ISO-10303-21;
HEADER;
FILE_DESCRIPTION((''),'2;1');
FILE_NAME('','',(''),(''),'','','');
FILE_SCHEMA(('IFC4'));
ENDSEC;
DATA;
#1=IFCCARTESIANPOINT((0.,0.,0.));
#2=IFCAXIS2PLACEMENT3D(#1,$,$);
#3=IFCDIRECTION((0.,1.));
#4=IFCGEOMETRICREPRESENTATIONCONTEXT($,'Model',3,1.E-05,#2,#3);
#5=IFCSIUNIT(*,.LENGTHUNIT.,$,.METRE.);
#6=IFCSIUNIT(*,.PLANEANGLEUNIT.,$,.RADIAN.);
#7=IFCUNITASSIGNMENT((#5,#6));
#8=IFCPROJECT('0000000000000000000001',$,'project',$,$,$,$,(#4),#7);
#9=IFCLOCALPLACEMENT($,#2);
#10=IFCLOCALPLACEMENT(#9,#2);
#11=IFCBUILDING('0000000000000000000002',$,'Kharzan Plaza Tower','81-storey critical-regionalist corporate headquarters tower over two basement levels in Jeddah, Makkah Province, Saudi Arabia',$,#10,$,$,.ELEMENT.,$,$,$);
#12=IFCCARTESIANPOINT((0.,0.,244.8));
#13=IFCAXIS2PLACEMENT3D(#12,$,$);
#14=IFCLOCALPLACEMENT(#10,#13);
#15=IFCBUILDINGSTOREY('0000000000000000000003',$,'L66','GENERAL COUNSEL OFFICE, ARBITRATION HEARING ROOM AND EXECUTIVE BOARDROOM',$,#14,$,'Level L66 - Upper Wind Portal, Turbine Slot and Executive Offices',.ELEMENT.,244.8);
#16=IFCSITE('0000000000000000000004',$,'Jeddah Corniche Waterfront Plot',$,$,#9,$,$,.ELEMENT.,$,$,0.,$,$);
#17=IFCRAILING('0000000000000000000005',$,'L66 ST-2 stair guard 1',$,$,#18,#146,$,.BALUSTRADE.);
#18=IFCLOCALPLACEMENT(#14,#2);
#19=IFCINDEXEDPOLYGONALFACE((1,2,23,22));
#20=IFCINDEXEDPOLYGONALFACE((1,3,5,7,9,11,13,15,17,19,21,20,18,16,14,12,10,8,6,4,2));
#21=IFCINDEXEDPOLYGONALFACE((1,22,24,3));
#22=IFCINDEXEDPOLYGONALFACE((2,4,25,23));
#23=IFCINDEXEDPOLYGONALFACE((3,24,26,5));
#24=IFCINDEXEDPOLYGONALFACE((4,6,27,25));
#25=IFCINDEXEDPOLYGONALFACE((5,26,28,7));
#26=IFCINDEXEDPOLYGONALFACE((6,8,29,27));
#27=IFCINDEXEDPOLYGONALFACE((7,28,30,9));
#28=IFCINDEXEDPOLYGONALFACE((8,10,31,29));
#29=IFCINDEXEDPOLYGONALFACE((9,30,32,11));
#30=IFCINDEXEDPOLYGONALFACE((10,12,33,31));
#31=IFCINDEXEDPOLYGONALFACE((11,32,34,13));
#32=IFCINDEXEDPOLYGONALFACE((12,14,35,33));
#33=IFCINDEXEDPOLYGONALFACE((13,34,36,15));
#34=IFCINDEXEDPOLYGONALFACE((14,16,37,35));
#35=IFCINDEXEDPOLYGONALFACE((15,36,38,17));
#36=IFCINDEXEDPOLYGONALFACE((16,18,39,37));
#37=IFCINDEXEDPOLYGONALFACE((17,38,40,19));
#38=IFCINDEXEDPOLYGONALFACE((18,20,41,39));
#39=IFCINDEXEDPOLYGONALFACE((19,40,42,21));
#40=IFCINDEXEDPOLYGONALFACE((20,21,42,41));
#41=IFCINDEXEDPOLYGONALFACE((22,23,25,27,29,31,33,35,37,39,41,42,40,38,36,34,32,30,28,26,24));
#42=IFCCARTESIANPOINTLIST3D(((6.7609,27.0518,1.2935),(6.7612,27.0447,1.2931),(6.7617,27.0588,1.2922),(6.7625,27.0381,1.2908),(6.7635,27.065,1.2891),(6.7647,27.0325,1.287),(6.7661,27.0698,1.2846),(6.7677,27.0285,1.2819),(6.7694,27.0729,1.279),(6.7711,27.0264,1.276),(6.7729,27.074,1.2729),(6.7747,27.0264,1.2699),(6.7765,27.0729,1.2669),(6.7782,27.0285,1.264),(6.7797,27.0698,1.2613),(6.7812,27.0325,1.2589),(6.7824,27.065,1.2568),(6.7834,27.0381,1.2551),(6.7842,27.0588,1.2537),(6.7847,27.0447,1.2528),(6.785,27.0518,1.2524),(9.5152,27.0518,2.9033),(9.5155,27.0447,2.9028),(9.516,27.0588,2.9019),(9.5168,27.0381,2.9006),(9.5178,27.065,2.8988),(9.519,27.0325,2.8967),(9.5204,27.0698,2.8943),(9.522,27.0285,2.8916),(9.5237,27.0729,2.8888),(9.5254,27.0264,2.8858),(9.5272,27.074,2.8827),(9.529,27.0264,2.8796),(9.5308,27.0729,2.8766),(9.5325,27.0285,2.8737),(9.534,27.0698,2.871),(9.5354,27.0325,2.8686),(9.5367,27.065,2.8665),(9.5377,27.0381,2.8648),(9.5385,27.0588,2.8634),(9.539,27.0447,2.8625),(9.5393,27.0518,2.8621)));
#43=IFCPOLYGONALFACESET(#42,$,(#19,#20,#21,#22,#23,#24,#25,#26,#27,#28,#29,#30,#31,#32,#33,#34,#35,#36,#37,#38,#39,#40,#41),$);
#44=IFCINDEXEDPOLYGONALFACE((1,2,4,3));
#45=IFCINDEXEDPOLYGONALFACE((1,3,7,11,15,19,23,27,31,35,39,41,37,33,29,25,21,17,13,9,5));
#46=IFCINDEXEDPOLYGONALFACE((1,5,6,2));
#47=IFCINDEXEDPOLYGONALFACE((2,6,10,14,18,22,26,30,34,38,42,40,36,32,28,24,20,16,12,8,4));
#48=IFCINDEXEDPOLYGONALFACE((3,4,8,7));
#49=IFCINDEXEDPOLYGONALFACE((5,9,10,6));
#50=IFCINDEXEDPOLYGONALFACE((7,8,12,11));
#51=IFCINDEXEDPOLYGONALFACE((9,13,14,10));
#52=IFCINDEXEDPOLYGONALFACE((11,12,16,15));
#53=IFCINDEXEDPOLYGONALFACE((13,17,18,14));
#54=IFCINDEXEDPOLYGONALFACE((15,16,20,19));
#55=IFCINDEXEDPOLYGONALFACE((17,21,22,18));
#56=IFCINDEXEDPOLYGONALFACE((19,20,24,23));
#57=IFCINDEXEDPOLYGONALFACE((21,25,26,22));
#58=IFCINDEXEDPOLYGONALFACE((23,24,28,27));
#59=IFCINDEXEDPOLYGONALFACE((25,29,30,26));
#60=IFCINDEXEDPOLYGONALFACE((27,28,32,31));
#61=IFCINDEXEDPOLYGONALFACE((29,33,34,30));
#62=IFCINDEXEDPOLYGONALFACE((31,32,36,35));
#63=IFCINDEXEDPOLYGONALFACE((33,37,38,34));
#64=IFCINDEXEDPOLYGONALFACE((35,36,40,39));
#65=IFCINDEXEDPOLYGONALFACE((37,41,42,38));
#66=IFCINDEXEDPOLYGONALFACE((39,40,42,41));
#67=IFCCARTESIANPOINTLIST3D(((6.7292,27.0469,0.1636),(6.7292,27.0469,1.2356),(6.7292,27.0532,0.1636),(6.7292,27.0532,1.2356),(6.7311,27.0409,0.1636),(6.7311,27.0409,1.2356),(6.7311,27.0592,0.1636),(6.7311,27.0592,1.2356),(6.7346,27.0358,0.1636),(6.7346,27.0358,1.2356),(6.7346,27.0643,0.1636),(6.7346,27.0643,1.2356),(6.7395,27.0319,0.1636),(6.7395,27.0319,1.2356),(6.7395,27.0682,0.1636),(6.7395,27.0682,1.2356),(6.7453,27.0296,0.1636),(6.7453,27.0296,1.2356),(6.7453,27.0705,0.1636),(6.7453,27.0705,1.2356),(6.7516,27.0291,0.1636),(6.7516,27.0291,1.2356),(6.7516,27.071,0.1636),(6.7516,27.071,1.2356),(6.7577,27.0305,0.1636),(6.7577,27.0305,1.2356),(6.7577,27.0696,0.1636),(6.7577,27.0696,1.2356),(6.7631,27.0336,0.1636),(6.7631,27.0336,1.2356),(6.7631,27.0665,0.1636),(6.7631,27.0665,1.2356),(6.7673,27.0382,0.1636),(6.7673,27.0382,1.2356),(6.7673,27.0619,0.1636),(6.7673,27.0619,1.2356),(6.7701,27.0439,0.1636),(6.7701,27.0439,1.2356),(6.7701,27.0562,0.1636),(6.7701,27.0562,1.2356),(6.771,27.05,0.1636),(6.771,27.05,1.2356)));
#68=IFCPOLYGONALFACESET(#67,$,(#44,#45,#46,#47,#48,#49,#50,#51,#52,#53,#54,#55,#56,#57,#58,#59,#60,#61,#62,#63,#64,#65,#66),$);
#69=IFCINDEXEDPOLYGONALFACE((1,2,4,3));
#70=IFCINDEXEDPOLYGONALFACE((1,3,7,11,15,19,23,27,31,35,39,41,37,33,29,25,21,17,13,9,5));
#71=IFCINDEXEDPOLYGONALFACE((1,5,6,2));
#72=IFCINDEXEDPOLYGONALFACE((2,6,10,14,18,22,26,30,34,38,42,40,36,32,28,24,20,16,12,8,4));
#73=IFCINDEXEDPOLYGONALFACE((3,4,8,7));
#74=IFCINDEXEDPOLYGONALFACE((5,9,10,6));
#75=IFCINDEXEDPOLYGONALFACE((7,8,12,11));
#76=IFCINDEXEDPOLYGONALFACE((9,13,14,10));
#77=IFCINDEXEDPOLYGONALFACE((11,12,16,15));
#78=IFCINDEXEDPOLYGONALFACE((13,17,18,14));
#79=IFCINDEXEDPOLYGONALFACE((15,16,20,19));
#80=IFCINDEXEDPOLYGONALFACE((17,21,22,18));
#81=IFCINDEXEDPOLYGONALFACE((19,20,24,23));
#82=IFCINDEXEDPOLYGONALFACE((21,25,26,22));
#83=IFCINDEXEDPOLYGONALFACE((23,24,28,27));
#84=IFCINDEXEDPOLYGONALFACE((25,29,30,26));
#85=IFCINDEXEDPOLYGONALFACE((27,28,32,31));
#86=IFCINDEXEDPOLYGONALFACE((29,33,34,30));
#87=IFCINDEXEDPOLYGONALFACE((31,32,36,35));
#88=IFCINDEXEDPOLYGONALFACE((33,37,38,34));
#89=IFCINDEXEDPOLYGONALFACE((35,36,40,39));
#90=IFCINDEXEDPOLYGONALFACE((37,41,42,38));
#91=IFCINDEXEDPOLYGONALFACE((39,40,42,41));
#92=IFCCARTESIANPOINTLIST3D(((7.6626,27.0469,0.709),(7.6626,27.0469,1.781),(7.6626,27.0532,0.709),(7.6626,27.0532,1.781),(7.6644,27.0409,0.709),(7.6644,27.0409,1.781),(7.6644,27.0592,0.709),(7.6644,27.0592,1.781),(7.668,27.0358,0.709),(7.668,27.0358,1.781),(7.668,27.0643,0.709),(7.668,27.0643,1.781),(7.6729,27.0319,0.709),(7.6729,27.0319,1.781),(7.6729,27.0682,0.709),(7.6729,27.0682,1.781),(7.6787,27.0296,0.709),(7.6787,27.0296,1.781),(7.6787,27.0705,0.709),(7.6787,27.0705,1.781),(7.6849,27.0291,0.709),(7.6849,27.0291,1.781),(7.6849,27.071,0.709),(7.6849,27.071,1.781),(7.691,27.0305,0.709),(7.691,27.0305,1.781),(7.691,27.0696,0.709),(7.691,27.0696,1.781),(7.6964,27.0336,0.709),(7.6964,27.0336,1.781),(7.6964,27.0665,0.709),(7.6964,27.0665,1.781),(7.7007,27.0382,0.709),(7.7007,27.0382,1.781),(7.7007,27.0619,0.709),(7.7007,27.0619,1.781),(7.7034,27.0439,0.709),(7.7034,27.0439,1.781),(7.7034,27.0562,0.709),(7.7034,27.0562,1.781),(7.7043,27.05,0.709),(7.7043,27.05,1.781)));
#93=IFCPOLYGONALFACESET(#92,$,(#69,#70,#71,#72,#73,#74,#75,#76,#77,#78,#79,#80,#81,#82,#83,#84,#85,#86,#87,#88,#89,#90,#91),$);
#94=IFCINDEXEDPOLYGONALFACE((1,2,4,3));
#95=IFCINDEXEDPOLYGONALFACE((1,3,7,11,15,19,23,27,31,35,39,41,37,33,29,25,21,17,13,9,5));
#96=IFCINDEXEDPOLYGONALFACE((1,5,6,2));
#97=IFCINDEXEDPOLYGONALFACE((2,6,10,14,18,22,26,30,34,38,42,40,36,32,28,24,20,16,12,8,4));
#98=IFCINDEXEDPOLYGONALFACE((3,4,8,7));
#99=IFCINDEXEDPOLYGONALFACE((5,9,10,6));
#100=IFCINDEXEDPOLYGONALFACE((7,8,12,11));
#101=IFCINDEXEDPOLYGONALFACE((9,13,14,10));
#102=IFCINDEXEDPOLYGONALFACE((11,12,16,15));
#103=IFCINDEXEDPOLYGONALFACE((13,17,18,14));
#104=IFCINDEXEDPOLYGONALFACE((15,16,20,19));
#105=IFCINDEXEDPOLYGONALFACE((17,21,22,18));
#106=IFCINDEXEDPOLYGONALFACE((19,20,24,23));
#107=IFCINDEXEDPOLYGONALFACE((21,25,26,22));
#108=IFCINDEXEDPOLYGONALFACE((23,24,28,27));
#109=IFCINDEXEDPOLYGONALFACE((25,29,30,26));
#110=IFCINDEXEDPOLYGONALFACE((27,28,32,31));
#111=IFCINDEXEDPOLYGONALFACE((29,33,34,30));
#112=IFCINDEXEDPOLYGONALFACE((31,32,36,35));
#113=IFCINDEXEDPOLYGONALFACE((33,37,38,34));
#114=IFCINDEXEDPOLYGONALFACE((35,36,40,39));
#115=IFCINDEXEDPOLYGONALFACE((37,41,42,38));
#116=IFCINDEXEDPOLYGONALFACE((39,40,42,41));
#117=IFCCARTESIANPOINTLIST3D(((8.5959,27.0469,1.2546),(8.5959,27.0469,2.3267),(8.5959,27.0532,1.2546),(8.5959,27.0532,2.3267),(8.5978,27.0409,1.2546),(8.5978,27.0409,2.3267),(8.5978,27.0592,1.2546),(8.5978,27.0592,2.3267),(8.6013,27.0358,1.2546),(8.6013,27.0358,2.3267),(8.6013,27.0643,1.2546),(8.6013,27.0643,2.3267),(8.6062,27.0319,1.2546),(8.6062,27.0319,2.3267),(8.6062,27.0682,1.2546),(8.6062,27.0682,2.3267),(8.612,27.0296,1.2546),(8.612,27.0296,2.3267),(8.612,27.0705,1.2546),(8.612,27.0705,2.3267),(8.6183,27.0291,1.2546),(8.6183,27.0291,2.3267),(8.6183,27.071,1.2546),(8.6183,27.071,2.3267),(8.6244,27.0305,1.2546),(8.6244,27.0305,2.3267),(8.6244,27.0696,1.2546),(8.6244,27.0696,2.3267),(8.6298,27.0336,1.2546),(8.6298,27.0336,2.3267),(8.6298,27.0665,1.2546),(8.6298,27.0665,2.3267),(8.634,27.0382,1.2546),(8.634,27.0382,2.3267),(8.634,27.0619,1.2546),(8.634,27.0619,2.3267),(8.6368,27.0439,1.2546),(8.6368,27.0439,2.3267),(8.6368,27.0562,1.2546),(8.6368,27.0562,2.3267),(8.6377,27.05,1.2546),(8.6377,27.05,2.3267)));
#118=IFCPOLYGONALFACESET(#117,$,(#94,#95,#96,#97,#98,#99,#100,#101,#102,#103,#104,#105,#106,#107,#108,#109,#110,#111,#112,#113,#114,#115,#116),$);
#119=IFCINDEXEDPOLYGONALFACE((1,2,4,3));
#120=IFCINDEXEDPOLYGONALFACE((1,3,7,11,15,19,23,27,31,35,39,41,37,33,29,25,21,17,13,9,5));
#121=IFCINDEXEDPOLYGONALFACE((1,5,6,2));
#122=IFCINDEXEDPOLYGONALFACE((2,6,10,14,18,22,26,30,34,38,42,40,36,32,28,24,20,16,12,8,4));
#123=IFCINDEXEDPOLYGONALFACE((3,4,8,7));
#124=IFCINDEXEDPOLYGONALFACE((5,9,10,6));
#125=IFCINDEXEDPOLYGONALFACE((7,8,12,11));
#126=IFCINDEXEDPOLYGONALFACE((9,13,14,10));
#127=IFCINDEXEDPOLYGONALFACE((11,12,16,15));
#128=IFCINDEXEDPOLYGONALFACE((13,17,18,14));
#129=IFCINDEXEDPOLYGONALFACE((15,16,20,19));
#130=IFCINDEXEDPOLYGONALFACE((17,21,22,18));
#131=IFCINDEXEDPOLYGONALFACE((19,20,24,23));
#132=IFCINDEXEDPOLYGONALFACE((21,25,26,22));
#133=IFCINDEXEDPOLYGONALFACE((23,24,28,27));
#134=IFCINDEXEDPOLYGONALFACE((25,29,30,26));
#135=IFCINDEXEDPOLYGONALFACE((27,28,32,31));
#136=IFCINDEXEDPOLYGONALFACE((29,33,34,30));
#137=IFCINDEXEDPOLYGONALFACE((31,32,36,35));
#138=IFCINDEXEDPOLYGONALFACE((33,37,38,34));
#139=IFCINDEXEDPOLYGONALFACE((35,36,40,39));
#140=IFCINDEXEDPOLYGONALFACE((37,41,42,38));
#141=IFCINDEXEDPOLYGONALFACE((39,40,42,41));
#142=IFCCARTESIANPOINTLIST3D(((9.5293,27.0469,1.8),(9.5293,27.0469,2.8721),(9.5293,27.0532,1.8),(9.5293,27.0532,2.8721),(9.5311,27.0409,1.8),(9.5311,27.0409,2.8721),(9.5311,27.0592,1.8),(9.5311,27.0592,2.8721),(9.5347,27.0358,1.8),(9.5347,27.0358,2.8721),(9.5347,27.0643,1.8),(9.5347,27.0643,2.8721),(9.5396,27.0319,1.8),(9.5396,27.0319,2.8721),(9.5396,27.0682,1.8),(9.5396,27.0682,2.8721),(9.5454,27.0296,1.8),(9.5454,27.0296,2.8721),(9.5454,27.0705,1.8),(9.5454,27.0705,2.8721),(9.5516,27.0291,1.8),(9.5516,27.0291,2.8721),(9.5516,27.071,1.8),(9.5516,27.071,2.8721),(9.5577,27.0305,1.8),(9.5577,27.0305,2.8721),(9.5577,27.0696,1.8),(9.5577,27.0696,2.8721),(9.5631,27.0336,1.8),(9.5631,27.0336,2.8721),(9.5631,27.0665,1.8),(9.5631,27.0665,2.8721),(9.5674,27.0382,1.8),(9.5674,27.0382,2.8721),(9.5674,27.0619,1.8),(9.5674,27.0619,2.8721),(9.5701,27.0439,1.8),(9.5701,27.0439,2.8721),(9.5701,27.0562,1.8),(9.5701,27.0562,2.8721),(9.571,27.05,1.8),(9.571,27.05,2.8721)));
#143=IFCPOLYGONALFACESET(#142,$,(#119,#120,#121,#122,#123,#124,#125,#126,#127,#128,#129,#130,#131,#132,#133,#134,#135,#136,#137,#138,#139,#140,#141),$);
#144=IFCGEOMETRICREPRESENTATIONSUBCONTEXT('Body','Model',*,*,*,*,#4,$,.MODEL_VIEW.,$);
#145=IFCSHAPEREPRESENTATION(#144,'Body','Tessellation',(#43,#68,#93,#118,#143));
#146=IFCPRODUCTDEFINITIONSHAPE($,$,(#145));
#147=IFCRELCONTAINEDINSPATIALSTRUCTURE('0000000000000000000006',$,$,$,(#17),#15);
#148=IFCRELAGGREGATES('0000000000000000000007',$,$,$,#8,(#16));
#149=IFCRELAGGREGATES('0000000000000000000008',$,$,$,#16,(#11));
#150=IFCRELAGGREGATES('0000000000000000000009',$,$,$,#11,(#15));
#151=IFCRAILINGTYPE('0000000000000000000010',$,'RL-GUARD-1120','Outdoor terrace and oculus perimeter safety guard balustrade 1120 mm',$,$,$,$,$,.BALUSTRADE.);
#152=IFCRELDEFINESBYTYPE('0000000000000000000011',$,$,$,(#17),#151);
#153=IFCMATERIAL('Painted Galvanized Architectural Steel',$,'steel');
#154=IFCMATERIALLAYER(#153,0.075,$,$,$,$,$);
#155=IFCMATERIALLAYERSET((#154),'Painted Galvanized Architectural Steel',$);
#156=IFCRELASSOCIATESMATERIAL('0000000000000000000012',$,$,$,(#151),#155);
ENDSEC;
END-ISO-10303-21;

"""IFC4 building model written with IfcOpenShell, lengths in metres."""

from ifc_helpers import new_model, si_unit, direction, frame, origin, origin_2d, place, context, subcontext, project, spatial, circle, extrude, source, transform, mapped, material, layer, layer_set, type_object, element, save


model = new_model("IFC4")

# Units and contexts
model_context = context("Model", 3, precision=1e-05, world=origin(), true_north=direction((0.0, 1.0)))
body_context = subcontext(model_context, "Body", "Model", "MODEL_VIEW")
ifc_project = project(units=[si_unit("LENGTHUNIT", "METRE"), si_unit("PLANEANGLEUNIT", "RADIAN")], contexts=[model_context])

# Site, building, storey
site_placement = place(None, origin())
site = spatial("IfcSite", under=ifc_project, at=site_placement, Name="Jeddah Corniche Waterfront Plot", CompositionType="ELEMENT", RefElevation=0.0)
building_placement = place(site_placement, origin())
building = spatial("IfcBuilding", under=site, at=building_placement, Name="Kharzan Plaza Tower", Description="81-storey critical-regionalist corporate headquarters tower over two basement levels in Jeddah, Makkah Province, Saudi Arabia", CompositionType="ELEMENT")
storey_placement = place(building_placement, frame((0.0, 0.0, 244.8)))
storey = spatial("IfcBuildingStorey", under=building, at=storey_placement, Name="L66", Description="GENERAL COUNSEL OFFICE, ARBITRATION HEARING ROOM AND EXECUTIVE BOARDROOM", LongName="Level L66 - Upper Wind Portal, Turbine Slot and Executive Offices", CompositionType="ELEMENT", Elevation=244.8)

# Railing
ifc_material_1 = material(Name="Painted Galvanized Architectural Steel", Category="steel")
ifc_layer_1 = layer(ifc_material_1, 0.075)
ifc_layer_set_1 = layer_set([ifc_layer_1], Name="Painted Galvanized Architectural Steel")
railing_type_1 = type_object("IfcRailingType", Name="RL-GUARD-1120", Description="Outdoor terrace and oculus perimeter safety guard balustrade 1120 mm", PredefinedType="BALUSTRADE", material=ifc_layer_set_1)
shared_shape_1 = source(origin(), body_context, "Body", "SweptSolid", [
    extrude(circle(Radius=0.0239, at=origin_2d()), frame((0.0229, 0.0, 1.1094), z_axis=(0.863361, 0.0, 0.504587), x_axis=(0.0, 1.0, 0.0)), (0.0, 0.0, 1.0), 3.1902),
    extrude(circle(Radius=0.021, at=origin_2d()), origin(), (0.0, 0.0, 1.0), 1.072),
    extrude(circle(Radius=0.021, at=origin_2d()), frame((0.9333, 0.0, 0.5454)), (0.0, 0.0, 1.0), 1.072),
    extrude(circle(Radius=0.021, at=origin_2d()), frame((1.8667, 0.0, 1.0911)), (0.0, 0.0, 1.0), 1.072),
    extrude(circle(Radius=0.021, at=origin_2d()), frame((2.8, 0.0, 1.6365)), (0.0, 0.0, 1.0), 1.072),
])
railing_1_placement = place(storey_placement, frame((6.75, 27.05, 0.1636)))
element("IfcRailing", 1, at=railing_1_placement, inside=storey, type_object=railing_type_1, Name="L66 ST-2 stair guard 1", PredefinedType="BALUSTRADE", context=body_context, shape_type="MappedRepresentation", body=[
    mapped(shared_shape_1, transform((0.0, 0.0, 0.0), x_axis=(1.0, 0.0, 0.0), y_axis=(0.0, 1.0, 0.0), z_axis=(0.0, 0.0, 1.0))),
])

save(model, "model.ifc")
